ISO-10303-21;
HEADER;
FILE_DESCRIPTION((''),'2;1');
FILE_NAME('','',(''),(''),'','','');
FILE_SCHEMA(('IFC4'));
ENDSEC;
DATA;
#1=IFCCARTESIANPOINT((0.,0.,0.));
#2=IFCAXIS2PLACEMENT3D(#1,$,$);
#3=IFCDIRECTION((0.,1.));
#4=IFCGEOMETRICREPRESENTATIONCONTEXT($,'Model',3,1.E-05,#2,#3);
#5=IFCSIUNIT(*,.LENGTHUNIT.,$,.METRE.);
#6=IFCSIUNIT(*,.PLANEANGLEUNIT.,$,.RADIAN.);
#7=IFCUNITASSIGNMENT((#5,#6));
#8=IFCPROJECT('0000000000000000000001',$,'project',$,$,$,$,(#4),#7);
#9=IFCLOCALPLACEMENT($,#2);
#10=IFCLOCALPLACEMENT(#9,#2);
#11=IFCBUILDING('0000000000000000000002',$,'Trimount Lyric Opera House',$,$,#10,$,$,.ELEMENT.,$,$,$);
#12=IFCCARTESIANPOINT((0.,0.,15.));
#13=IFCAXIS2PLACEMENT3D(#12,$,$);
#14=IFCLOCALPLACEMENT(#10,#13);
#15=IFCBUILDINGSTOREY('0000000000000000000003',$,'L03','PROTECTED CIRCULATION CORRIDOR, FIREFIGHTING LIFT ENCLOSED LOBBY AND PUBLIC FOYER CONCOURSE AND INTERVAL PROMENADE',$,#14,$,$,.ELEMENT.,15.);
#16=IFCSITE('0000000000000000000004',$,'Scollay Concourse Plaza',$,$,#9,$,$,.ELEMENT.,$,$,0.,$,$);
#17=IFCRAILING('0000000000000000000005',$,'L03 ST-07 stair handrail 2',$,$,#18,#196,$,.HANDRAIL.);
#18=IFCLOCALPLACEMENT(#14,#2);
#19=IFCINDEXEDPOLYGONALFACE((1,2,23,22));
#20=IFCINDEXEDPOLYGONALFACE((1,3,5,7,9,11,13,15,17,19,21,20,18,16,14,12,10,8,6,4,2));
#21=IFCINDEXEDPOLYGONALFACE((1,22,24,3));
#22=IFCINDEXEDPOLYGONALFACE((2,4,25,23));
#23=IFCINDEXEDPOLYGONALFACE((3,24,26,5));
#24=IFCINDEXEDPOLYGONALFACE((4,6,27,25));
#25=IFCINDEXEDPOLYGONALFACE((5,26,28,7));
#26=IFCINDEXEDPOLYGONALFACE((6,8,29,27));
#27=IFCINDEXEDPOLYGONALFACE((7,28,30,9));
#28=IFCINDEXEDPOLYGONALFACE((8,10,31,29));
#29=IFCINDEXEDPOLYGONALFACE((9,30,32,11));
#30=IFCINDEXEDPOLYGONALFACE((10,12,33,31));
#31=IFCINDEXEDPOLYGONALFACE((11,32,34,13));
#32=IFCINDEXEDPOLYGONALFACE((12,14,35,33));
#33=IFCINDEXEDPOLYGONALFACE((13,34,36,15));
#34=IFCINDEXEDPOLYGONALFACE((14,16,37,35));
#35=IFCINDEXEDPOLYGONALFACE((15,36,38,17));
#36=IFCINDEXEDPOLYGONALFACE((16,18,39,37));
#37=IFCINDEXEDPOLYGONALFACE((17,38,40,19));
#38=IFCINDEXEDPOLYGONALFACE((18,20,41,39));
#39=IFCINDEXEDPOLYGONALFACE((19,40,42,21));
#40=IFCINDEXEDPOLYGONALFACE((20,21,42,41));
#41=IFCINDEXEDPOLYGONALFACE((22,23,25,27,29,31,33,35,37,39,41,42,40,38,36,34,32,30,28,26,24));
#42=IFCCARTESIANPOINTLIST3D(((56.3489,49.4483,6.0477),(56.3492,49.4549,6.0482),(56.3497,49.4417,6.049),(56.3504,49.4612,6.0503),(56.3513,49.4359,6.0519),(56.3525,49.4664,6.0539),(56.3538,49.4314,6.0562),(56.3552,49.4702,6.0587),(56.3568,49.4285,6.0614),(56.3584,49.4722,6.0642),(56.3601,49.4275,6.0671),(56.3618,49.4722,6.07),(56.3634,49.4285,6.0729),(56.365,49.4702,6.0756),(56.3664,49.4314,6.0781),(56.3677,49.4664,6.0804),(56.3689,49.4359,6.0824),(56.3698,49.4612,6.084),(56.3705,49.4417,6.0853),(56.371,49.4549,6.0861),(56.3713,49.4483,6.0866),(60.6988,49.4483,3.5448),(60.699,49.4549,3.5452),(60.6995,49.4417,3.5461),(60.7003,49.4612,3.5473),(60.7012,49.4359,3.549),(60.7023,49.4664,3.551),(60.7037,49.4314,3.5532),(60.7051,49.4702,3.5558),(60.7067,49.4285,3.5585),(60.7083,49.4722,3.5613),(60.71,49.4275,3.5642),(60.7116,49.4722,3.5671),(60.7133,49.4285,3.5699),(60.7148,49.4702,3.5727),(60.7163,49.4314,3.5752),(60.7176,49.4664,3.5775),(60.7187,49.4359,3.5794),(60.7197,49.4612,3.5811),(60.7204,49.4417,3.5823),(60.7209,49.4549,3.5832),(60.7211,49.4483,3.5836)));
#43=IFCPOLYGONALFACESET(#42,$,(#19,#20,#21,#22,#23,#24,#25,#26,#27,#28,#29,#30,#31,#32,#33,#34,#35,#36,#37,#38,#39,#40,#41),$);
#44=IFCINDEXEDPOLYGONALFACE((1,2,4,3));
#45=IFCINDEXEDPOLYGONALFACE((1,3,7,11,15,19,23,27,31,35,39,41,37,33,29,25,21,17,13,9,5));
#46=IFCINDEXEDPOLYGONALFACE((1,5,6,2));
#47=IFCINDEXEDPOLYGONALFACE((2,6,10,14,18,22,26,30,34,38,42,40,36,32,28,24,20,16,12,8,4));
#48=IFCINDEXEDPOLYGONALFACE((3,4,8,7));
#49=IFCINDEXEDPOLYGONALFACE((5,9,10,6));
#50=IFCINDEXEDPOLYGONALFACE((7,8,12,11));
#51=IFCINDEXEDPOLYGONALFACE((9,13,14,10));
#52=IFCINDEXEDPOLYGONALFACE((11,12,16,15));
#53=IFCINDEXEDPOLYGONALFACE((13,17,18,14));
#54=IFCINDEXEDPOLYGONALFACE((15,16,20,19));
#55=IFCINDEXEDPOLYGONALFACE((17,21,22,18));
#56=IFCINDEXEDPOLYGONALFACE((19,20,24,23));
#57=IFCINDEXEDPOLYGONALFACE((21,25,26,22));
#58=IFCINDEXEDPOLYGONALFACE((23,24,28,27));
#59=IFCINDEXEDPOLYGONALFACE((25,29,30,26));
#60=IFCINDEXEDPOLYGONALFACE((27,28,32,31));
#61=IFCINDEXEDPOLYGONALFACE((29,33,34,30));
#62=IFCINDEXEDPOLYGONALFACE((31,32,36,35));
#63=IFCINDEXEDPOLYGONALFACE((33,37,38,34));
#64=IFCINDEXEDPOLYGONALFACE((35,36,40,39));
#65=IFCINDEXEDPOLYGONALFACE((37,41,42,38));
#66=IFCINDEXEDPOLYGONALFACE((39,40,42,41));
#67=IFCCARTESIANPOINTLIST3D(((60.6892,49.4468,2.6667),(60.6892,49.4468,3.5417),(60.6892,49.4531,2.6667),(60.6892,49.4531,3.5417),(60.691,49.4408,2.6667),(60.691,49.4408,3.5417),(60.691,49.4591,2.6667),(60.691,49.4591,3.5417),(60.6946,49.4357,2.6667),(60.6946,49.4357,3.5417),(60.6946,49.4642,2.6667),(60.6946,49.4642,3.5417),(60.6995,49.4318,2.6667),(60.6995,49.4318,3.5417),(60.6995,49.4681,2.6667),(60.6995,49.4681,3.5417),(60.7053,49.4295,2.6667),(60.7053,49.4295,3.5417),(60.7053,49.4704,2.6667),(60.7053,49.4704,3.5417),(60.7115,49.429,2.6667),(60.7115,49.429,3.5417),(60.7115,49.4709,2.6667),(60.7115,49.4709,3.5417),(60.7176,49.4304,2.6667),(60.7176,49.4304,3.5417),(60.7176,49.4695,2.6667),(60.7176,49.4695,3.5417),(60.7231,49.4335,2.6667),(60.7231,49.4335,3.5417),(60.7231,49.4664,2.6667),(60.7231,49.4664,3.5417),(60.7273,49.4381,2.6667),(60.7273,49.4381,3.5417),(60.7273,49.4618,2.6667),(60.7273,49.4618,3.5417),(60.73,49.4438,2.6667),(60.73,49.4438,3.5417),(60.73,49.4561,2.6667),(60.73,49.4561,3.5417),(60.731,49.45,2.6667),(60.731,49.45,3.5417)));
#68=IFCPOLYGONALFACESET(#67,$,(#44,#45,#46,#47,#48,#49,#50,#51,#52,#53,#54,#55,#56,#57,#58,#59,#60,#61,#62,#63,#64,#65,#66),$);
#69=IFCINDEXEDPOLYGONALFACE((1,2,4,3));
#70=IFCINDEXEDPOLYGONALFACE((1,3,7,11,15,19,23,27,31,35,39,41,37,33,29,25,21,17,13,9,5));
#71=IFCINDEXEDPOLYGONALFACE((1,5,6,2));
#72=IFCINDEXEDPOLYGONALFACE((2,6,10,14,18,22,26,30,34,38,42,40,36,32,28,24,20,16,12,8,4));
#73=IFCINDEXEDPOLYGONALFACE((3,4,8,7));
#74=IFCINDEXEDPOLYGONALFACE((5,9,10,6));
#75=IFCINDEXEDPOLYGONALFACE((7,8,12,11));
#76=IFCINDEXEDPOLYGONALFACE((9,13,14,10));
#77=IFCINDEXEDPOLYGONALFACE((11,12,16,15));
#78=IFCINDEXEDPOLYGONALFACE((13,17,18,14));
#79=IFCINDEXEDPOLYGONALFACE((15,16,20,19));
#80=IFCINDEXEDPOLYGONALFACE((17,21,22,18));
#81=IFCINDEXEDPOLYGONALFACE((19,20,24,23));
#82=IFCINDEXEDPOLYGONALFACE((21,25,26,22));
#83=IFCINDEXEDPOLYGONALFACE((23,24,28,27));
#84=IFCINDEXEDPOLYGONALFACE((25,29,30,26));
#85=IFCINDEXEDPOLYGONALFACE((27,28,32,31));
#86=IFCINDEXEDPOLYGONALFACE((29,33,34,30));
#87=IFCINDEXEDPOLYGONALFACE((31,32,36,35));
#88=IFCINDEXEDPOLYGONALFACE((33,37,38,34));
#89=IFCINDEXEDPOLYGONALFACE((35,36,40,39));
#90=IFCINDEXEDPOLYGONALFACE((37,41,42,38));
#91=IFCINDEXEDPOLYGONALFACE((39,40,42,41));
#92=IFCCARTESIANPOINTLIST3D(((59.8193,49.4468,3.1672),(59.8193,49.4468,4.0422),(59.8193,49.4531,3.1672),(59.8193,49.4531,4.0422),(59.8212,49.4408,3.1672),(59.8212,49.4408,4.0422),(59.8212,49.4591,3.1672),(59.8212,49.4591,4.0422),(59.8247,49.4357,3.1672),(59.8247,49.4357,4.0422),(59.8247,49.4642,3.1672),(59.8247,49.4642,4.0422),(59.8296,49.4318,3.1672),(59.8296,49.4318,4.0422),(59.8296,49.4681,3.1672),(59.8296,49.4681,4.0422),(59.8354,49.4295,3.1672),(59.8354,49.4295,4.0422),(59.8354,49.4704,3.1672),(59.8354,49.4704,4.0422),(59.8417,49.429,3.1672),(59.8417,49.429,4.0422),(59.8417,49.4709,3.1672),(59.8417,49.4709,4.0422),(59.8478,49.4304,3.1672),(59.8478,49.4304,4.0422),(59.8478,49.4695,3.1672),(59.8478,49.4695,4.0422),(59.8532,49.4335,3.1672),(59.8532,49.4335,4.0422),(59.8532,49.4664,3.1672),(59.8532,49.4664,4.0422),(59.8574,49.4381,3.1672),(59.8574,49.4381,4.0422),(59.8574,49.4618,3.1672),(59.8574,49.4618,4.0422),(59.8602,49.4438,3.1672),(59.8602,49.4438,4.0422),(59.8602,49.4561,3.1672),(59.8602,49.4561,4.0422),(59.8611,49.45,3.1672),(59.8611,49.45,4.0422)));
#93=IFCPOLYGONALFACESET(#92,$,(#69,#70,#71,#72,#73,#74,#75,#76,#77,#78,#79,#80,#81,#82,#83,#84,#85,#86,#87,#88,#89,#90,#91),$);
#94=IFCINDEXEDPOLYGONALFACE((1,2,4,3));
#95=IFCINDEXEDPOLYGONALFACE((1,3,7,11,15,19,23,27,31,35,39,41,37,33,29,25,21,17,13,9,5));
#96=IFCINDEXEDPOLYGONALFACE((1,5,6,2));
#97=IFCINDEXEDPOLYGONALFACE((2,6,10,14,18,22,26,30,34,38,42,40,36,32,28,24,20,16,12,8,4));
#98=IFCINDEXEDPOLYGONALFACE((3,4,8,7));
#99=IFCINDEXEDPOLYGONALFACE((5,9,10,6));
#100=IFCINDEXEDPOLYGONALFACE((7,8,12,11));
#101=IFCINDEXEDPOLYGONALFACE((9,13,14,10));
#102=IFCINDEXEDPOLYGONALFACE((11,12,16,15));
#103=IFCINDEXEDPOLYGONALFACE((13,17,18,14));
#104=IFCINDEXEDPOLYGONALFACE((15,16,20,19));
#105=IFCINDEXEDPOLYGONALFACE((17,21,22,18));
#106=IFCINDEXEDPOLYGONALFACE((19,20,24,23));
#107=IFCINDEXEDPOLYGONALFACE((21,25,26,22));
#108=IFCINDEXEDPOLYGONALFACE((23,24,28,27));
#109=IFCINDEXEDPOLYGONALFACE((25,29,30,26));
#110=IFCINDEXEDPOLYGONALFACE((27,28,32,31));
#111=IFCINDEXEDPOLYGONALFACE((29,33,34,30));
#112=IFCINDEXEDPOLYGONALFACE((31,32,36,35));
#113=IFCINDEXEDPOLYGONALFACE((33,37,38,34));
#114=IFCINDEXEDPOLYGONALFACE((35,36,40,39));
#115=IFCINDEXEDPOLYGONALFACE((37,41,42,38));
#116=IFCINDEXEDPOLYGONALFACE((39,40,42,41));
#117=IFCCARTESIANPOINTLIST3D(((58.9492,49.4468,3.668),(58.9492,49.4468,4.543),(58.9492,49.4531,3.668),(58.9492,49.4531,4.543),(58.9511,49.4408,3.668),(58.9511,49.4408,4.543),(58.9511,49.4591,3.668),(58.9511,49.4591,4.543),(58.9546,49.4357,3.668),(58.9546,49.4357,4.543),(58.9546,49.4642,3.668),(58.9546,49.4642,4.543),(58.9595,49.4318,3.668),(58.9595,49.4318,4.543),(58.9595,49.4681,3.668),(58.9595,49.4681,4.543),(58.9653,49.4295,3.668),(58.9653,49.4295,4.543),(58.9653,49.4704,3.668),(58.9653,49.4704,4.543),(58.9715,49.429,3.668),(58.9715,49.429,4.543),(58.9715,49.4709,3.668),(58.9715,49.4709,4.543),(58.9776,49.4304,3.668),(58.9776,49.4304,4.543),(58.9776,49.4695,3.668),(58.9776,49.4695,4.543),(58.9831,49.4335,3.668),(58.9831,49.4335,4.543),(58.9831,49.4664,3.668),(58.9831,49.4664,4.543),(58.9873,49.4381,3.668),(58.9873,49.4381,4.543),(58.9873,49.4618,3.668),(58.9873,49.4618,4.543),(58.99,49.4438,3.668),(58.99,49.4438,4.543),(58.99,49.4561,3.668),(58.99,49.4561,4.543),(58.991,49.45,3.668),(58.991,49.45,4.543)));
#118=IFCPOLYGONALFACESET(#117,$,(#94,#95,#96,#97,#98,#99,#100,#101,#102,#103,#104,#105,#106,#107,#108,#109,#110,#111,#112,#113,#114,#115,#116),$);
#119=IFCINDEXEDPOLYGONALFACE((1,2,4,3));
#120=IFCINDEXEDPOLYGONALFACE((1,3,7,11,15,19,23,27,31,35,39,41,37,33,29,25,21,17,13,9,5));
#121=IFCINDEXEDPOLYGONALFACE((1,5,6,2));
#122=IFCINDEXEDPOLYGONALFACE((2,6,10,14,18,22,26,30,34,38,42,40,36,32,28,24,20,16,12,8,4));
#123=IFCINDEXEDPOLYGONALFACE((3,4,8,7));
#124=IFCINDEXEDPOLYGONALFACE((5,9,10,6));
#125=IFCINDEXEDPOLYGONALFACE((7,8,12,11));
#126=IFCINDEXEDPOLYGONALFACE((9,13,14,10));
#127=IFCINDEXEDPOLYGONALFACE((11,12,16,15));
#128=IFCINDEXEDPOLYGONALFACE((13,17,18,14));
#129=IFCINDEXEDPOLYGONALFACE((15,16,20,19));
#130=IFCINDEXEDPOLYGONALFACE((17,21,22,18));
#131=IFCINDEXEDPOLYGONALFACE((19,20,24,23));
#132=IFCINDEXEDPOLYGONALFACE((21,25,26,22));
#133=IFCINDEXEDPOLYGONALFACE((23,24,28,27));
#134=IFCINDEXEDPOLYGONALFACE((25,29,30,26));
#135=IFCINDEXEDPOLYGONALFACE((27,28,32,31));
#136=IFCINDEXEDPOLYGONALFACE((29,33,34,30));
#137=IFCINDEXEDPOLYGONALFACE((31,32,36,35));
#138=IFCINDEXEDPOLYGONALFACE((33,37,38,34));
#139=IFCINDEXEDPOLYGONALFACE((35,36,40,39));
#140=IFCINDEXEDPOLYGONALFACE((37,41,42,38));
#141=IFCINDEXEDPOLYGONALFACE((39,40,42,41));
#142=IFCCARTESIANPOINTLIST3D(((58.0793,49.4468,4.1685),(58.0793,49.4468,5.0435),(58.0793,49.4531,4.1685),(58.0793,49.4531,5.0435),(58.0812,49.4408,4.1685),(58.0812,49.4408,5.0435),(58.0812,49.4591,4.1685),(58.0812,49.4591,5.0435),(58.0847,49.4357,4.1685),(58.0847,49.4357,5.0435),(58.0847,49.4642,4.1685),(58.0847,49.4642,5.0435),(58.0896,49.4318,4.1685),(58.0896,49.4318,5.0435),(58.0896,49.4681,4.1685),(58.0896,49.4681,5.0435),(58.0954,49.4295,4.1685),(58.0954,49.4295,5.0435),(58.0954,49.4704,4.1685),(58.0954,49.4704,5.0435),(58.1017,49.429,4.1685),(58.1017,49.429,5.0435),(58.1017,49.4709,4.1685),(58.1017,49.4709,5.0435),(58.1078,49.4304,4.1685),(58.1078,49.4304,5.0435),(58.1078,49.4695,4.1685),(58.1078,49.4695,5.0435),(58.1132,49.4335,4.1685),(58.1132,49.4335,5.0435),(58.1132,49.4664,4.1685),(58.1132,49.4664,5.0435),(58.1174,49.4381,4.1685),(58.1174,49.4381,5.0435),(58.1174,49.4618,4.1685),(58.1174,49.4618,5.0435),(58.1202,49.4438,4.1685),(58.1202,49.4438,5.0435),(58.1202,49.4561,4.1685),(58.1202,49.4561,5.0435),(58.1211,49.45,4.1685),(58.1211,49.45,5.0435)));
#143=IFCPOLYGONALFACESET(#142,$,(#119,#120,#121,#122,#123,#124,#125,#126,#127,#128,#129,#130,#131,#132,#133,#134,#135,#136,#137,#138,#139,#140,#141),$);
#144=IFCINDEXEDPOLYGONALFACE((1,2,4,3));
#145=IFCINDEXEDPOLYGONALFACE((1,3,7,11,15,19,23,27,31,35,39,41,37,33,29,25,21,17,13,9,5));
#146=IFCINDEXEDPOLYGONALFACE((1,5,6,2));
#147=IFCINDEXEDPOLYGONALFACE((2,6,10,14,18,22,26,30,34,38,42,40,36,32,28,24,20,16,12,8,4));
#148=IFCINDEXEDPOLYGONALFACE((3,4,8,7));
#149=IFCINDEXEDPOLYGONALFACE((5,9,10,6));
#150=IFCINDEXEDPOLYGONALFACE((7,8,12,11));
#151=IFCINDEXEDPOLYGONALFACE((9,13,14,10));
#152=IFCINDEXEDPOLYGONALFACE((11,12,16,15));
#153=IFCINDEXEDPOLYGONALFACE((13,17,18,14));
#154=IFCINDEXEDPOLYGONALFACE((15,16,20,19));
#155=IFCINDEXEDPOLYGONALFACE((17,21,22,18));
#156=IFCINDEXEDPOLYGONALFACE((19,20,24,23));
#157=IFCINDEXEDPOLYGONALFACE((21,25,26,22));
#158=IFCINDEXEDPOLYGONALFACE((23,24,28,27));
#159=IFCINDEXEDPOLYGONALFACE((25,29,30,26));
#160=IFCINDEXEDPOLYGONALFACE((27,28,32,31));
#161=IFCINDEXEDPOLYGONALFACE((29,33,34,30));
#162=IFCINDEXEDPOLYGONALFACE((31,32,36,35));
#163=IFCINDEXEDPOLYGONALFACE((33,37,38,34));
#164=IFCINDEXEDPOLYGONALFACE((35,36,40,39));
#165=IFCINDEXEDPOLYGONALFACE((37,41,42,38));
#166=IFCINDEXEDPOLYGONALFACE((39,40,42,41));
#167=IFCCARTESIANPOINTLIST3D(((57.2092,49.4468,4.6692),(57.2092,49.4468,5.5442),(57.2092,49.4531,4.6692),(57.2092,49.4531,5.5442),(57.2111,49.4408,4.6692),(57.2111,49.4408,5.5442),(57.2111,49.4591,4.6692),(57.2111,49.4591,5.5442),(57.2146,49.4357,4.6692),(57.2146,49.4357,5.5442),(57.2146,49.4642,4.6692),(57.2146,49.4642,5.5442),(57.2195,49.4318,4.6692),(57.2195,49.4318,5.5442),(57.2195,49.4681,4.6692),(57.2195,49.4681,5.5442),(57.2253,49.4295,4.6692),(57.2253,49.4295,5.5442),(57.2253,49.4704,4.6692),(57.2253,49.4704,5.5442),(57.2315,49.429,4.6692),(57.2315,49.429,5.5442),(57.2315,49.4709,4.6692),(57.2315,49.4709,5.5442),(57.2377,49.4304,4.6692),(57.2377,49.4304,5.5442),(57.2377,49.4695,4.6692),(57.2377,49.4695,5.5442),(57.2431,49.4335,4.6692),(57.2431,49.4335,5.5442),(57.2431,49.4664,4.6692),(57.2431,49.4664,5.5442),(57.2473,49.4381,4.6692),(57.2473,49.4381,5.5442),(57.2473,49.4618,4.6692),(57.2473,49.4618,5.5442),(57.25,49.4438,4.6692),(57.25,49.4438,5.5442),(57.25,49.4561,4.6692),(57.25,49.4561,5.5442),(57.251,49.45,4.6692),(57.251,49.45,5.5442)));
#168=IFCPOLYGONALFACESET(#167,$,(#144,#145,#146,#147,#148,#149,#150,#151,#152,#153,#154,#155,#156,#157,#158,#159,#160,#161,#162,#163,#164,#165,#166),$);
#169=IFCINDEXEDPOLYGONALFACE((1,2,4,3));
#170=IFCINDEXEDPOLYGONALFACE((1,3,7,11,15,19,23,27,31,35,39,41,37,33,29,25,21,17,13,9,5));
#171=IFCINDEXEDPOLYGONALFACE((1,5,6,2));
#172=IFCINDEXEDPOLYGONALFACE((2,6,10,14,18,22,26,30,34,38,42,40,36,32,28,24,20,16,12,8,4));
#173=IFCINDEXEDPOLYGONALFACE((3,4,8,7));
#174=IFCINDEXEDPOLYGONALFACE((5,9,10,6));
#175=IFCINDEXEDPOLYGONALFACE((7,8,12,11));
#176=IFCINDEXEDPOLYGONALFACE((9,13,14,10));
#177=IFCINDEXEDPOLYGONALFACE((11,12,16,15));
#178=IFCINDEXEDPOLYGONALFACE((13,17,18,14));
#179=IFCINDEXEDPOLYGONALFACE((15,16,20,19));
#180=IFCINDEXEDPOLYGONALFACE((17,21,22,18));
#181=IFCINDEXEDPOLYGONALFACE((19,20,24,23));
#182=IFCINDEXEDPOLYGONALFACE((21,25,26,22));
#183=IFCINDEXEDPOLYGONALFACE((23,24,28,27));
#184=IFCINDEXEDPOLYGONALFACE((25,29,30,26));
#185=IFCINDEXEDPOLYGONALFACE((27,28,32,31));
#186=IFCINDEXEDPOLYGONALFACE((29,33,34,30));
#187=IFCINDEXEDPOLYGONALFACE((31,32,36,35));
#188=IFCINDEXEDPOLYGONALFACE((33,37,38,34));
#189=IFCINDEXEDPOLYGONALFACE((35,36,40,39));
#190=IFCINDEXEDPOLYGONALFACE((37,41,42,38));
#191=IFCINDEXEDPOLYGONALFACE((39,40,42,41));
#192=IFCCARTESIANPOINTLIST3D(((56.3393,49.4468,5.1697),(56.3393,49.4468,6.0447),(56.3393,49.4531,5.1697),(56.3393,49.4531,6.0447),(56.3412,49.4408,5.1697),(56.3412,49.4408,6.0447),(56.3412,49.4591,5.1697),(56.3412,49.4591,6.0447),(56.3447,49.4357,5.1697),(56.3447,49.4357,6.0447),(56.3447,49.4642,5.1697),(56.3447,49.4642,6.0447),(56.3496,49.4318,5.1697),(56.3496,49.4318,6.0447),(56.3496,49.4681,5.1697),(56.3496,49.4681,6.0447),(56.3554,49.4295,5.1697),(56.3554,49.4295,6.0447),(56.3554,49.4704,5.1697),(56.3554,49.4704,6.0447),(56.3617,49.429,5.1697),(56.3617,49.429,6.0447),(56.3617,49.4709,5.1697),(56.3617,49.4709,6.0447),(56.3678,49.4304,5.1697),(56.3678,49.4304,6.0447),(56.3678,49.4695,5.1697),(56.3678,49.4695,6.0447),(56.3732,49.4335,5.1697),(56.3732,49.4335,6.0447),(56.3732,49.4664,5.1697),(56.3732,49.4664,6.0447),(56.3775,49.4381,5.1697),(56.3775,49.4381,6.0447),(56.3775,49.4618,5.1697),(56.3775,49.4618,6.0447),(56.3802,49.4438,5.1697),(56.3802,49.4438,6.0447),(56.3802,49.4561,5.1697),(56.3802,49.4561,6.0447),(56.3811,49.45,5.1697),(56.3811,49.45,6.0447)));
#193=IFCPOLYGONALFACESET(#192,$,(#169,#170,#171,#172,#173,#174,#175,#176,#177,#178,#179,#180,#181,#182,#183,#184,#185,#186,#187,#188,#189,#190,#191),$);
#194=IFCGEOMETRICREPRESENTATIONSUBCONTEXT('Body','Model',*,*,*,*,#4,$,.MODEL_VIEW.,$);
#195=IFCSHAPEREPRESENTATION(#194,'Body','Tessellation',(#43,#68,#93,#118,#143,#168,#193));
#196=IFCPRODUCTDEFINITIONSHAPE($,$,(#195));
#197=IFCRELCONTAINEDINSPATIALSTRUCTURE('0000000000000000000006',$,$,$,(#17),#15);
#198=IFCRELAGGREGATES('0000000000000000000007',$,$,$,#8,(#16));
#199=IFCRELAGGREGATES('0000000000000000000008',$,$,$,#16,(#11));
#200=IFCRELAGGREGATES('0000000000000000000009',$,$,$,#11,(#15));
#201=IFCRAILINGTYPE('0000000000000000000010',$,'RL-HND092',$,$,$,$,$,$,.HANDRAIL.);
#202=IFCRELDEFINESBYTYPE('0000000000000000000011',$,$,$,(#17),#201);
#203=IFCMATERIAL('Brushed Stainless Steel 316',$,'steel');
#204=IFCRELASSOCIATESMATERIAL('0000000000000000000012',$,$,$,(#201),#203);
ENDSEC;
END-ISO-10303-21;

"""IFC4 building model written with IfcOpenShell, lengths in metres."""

from ifc_helpers import new_model, si_unit, direction, frame, origin, origin_2d, place, context, subcontext, project, spatial, circle, extrude, material, type_object, element, save


model = new_model("IFC4")

# Units and contexts
model_context = context("Model", 3, precision=1e-05, world=origin(), true_north=direction((0.0, 1.0)))
body_context = subcontext(model_context, "Body", "Model", "MODEL_VIEW")
ifc_project = project(units=[si_unit("LENGTHUNIT", "METRE"), si_unit("PLANEANGLEUNIT", "RADIAN")], contexts=[model_context])

# Site, building, storey
site_placement = place(None, origin())
site = spatial("IfcSite", under=ifc_project, at=site_placement, Name="Scollay Concourse Plaza", CompositionType="ELEMENT", RefElevation=0.0)
building_placement = place(site_placement, origin())
building = spatial("IfcBuilding", under=site, at=building_placement, Name="Trimount Lyric Opera House", CompositionType="ELEMENT")
storey_placement = place(building_placement, frame((0.0, 0.0, 15.0)))
storey = spatial("IfcBuildingStorey", under=building, at=storey_placement, Name="L03", Description="PROTECTED CIRCULATION CORRIDOR, FIREFIGHTING LIFT ENCLOSED LOBBY AND PUBLIC FOYER CONCOURSE AND INTERVAL PROMENADE", CompositionType="ELEMENT", Elevation=15.0)

# Railing
ifc_material_1 = material(Name="Brushed Stainless Steel 316", Category="steel")
railing_type_1 = type_object("IfcRailingType", Name="RL-HND092", PredefinedType="HANDRAIL", material=ifc_material_1)
railing_1_placement = place(storey_placement, frame((60.71, 49.45, 2.6667)))
element("IfcRailing", 1, at=railing_1_placement, inside=storey, type_object=railing_type_1, Name="L03 ST-07 stair handrail 2", PredefinedType="HANDRAIL", context=body_context, shape_type="SweptSolid", body=[
    extrude(circle(Radius=0.0225, at=origin_2d()), frame((0.0, 0.0, 0.8975), z_axis=(-0.866754, 0.0, 0.498735), x_axis=(0.0, -1.0, 0.0)), (0.0, 0.0, 1.0), 5.0186),
    extrude(circle(Radius=0.021, at=origin_2d()), origin(), (0.0, 0.0, 1.0), 0.875),
    extrude(circle(Radius=0.021, at=origin_2d()), frame((-0.8699, 0.0, 0.5005)), (0.0, 0.0, 1.0), 0.875),
    extrude(circle(Radius=0.021, at=origin_2d()), frame((-1.74, 0.0, 1.0012)), (0.0, 0.0, 1.0), 0.875),
    extrude(circle(Radius=0.021, at=origin_2d()), frame((-2.6099, 0.0, 1.5017)), (0.0, 0.0, 1.0), 0.875),
    extrude(circle(Radius=0.021, at=origin_2d()), frame((-3.48, 0.0, 2.0024)), (0.0, 0.0, 1.0), 0.875),
    extrude(circle(Radius=0.021, at=origin_2d()), frame((-4.3499, 0.0, 2.5029)), (0.0, 0.0, 1.0), 0.875),
])

save(model, "model.ifc")
